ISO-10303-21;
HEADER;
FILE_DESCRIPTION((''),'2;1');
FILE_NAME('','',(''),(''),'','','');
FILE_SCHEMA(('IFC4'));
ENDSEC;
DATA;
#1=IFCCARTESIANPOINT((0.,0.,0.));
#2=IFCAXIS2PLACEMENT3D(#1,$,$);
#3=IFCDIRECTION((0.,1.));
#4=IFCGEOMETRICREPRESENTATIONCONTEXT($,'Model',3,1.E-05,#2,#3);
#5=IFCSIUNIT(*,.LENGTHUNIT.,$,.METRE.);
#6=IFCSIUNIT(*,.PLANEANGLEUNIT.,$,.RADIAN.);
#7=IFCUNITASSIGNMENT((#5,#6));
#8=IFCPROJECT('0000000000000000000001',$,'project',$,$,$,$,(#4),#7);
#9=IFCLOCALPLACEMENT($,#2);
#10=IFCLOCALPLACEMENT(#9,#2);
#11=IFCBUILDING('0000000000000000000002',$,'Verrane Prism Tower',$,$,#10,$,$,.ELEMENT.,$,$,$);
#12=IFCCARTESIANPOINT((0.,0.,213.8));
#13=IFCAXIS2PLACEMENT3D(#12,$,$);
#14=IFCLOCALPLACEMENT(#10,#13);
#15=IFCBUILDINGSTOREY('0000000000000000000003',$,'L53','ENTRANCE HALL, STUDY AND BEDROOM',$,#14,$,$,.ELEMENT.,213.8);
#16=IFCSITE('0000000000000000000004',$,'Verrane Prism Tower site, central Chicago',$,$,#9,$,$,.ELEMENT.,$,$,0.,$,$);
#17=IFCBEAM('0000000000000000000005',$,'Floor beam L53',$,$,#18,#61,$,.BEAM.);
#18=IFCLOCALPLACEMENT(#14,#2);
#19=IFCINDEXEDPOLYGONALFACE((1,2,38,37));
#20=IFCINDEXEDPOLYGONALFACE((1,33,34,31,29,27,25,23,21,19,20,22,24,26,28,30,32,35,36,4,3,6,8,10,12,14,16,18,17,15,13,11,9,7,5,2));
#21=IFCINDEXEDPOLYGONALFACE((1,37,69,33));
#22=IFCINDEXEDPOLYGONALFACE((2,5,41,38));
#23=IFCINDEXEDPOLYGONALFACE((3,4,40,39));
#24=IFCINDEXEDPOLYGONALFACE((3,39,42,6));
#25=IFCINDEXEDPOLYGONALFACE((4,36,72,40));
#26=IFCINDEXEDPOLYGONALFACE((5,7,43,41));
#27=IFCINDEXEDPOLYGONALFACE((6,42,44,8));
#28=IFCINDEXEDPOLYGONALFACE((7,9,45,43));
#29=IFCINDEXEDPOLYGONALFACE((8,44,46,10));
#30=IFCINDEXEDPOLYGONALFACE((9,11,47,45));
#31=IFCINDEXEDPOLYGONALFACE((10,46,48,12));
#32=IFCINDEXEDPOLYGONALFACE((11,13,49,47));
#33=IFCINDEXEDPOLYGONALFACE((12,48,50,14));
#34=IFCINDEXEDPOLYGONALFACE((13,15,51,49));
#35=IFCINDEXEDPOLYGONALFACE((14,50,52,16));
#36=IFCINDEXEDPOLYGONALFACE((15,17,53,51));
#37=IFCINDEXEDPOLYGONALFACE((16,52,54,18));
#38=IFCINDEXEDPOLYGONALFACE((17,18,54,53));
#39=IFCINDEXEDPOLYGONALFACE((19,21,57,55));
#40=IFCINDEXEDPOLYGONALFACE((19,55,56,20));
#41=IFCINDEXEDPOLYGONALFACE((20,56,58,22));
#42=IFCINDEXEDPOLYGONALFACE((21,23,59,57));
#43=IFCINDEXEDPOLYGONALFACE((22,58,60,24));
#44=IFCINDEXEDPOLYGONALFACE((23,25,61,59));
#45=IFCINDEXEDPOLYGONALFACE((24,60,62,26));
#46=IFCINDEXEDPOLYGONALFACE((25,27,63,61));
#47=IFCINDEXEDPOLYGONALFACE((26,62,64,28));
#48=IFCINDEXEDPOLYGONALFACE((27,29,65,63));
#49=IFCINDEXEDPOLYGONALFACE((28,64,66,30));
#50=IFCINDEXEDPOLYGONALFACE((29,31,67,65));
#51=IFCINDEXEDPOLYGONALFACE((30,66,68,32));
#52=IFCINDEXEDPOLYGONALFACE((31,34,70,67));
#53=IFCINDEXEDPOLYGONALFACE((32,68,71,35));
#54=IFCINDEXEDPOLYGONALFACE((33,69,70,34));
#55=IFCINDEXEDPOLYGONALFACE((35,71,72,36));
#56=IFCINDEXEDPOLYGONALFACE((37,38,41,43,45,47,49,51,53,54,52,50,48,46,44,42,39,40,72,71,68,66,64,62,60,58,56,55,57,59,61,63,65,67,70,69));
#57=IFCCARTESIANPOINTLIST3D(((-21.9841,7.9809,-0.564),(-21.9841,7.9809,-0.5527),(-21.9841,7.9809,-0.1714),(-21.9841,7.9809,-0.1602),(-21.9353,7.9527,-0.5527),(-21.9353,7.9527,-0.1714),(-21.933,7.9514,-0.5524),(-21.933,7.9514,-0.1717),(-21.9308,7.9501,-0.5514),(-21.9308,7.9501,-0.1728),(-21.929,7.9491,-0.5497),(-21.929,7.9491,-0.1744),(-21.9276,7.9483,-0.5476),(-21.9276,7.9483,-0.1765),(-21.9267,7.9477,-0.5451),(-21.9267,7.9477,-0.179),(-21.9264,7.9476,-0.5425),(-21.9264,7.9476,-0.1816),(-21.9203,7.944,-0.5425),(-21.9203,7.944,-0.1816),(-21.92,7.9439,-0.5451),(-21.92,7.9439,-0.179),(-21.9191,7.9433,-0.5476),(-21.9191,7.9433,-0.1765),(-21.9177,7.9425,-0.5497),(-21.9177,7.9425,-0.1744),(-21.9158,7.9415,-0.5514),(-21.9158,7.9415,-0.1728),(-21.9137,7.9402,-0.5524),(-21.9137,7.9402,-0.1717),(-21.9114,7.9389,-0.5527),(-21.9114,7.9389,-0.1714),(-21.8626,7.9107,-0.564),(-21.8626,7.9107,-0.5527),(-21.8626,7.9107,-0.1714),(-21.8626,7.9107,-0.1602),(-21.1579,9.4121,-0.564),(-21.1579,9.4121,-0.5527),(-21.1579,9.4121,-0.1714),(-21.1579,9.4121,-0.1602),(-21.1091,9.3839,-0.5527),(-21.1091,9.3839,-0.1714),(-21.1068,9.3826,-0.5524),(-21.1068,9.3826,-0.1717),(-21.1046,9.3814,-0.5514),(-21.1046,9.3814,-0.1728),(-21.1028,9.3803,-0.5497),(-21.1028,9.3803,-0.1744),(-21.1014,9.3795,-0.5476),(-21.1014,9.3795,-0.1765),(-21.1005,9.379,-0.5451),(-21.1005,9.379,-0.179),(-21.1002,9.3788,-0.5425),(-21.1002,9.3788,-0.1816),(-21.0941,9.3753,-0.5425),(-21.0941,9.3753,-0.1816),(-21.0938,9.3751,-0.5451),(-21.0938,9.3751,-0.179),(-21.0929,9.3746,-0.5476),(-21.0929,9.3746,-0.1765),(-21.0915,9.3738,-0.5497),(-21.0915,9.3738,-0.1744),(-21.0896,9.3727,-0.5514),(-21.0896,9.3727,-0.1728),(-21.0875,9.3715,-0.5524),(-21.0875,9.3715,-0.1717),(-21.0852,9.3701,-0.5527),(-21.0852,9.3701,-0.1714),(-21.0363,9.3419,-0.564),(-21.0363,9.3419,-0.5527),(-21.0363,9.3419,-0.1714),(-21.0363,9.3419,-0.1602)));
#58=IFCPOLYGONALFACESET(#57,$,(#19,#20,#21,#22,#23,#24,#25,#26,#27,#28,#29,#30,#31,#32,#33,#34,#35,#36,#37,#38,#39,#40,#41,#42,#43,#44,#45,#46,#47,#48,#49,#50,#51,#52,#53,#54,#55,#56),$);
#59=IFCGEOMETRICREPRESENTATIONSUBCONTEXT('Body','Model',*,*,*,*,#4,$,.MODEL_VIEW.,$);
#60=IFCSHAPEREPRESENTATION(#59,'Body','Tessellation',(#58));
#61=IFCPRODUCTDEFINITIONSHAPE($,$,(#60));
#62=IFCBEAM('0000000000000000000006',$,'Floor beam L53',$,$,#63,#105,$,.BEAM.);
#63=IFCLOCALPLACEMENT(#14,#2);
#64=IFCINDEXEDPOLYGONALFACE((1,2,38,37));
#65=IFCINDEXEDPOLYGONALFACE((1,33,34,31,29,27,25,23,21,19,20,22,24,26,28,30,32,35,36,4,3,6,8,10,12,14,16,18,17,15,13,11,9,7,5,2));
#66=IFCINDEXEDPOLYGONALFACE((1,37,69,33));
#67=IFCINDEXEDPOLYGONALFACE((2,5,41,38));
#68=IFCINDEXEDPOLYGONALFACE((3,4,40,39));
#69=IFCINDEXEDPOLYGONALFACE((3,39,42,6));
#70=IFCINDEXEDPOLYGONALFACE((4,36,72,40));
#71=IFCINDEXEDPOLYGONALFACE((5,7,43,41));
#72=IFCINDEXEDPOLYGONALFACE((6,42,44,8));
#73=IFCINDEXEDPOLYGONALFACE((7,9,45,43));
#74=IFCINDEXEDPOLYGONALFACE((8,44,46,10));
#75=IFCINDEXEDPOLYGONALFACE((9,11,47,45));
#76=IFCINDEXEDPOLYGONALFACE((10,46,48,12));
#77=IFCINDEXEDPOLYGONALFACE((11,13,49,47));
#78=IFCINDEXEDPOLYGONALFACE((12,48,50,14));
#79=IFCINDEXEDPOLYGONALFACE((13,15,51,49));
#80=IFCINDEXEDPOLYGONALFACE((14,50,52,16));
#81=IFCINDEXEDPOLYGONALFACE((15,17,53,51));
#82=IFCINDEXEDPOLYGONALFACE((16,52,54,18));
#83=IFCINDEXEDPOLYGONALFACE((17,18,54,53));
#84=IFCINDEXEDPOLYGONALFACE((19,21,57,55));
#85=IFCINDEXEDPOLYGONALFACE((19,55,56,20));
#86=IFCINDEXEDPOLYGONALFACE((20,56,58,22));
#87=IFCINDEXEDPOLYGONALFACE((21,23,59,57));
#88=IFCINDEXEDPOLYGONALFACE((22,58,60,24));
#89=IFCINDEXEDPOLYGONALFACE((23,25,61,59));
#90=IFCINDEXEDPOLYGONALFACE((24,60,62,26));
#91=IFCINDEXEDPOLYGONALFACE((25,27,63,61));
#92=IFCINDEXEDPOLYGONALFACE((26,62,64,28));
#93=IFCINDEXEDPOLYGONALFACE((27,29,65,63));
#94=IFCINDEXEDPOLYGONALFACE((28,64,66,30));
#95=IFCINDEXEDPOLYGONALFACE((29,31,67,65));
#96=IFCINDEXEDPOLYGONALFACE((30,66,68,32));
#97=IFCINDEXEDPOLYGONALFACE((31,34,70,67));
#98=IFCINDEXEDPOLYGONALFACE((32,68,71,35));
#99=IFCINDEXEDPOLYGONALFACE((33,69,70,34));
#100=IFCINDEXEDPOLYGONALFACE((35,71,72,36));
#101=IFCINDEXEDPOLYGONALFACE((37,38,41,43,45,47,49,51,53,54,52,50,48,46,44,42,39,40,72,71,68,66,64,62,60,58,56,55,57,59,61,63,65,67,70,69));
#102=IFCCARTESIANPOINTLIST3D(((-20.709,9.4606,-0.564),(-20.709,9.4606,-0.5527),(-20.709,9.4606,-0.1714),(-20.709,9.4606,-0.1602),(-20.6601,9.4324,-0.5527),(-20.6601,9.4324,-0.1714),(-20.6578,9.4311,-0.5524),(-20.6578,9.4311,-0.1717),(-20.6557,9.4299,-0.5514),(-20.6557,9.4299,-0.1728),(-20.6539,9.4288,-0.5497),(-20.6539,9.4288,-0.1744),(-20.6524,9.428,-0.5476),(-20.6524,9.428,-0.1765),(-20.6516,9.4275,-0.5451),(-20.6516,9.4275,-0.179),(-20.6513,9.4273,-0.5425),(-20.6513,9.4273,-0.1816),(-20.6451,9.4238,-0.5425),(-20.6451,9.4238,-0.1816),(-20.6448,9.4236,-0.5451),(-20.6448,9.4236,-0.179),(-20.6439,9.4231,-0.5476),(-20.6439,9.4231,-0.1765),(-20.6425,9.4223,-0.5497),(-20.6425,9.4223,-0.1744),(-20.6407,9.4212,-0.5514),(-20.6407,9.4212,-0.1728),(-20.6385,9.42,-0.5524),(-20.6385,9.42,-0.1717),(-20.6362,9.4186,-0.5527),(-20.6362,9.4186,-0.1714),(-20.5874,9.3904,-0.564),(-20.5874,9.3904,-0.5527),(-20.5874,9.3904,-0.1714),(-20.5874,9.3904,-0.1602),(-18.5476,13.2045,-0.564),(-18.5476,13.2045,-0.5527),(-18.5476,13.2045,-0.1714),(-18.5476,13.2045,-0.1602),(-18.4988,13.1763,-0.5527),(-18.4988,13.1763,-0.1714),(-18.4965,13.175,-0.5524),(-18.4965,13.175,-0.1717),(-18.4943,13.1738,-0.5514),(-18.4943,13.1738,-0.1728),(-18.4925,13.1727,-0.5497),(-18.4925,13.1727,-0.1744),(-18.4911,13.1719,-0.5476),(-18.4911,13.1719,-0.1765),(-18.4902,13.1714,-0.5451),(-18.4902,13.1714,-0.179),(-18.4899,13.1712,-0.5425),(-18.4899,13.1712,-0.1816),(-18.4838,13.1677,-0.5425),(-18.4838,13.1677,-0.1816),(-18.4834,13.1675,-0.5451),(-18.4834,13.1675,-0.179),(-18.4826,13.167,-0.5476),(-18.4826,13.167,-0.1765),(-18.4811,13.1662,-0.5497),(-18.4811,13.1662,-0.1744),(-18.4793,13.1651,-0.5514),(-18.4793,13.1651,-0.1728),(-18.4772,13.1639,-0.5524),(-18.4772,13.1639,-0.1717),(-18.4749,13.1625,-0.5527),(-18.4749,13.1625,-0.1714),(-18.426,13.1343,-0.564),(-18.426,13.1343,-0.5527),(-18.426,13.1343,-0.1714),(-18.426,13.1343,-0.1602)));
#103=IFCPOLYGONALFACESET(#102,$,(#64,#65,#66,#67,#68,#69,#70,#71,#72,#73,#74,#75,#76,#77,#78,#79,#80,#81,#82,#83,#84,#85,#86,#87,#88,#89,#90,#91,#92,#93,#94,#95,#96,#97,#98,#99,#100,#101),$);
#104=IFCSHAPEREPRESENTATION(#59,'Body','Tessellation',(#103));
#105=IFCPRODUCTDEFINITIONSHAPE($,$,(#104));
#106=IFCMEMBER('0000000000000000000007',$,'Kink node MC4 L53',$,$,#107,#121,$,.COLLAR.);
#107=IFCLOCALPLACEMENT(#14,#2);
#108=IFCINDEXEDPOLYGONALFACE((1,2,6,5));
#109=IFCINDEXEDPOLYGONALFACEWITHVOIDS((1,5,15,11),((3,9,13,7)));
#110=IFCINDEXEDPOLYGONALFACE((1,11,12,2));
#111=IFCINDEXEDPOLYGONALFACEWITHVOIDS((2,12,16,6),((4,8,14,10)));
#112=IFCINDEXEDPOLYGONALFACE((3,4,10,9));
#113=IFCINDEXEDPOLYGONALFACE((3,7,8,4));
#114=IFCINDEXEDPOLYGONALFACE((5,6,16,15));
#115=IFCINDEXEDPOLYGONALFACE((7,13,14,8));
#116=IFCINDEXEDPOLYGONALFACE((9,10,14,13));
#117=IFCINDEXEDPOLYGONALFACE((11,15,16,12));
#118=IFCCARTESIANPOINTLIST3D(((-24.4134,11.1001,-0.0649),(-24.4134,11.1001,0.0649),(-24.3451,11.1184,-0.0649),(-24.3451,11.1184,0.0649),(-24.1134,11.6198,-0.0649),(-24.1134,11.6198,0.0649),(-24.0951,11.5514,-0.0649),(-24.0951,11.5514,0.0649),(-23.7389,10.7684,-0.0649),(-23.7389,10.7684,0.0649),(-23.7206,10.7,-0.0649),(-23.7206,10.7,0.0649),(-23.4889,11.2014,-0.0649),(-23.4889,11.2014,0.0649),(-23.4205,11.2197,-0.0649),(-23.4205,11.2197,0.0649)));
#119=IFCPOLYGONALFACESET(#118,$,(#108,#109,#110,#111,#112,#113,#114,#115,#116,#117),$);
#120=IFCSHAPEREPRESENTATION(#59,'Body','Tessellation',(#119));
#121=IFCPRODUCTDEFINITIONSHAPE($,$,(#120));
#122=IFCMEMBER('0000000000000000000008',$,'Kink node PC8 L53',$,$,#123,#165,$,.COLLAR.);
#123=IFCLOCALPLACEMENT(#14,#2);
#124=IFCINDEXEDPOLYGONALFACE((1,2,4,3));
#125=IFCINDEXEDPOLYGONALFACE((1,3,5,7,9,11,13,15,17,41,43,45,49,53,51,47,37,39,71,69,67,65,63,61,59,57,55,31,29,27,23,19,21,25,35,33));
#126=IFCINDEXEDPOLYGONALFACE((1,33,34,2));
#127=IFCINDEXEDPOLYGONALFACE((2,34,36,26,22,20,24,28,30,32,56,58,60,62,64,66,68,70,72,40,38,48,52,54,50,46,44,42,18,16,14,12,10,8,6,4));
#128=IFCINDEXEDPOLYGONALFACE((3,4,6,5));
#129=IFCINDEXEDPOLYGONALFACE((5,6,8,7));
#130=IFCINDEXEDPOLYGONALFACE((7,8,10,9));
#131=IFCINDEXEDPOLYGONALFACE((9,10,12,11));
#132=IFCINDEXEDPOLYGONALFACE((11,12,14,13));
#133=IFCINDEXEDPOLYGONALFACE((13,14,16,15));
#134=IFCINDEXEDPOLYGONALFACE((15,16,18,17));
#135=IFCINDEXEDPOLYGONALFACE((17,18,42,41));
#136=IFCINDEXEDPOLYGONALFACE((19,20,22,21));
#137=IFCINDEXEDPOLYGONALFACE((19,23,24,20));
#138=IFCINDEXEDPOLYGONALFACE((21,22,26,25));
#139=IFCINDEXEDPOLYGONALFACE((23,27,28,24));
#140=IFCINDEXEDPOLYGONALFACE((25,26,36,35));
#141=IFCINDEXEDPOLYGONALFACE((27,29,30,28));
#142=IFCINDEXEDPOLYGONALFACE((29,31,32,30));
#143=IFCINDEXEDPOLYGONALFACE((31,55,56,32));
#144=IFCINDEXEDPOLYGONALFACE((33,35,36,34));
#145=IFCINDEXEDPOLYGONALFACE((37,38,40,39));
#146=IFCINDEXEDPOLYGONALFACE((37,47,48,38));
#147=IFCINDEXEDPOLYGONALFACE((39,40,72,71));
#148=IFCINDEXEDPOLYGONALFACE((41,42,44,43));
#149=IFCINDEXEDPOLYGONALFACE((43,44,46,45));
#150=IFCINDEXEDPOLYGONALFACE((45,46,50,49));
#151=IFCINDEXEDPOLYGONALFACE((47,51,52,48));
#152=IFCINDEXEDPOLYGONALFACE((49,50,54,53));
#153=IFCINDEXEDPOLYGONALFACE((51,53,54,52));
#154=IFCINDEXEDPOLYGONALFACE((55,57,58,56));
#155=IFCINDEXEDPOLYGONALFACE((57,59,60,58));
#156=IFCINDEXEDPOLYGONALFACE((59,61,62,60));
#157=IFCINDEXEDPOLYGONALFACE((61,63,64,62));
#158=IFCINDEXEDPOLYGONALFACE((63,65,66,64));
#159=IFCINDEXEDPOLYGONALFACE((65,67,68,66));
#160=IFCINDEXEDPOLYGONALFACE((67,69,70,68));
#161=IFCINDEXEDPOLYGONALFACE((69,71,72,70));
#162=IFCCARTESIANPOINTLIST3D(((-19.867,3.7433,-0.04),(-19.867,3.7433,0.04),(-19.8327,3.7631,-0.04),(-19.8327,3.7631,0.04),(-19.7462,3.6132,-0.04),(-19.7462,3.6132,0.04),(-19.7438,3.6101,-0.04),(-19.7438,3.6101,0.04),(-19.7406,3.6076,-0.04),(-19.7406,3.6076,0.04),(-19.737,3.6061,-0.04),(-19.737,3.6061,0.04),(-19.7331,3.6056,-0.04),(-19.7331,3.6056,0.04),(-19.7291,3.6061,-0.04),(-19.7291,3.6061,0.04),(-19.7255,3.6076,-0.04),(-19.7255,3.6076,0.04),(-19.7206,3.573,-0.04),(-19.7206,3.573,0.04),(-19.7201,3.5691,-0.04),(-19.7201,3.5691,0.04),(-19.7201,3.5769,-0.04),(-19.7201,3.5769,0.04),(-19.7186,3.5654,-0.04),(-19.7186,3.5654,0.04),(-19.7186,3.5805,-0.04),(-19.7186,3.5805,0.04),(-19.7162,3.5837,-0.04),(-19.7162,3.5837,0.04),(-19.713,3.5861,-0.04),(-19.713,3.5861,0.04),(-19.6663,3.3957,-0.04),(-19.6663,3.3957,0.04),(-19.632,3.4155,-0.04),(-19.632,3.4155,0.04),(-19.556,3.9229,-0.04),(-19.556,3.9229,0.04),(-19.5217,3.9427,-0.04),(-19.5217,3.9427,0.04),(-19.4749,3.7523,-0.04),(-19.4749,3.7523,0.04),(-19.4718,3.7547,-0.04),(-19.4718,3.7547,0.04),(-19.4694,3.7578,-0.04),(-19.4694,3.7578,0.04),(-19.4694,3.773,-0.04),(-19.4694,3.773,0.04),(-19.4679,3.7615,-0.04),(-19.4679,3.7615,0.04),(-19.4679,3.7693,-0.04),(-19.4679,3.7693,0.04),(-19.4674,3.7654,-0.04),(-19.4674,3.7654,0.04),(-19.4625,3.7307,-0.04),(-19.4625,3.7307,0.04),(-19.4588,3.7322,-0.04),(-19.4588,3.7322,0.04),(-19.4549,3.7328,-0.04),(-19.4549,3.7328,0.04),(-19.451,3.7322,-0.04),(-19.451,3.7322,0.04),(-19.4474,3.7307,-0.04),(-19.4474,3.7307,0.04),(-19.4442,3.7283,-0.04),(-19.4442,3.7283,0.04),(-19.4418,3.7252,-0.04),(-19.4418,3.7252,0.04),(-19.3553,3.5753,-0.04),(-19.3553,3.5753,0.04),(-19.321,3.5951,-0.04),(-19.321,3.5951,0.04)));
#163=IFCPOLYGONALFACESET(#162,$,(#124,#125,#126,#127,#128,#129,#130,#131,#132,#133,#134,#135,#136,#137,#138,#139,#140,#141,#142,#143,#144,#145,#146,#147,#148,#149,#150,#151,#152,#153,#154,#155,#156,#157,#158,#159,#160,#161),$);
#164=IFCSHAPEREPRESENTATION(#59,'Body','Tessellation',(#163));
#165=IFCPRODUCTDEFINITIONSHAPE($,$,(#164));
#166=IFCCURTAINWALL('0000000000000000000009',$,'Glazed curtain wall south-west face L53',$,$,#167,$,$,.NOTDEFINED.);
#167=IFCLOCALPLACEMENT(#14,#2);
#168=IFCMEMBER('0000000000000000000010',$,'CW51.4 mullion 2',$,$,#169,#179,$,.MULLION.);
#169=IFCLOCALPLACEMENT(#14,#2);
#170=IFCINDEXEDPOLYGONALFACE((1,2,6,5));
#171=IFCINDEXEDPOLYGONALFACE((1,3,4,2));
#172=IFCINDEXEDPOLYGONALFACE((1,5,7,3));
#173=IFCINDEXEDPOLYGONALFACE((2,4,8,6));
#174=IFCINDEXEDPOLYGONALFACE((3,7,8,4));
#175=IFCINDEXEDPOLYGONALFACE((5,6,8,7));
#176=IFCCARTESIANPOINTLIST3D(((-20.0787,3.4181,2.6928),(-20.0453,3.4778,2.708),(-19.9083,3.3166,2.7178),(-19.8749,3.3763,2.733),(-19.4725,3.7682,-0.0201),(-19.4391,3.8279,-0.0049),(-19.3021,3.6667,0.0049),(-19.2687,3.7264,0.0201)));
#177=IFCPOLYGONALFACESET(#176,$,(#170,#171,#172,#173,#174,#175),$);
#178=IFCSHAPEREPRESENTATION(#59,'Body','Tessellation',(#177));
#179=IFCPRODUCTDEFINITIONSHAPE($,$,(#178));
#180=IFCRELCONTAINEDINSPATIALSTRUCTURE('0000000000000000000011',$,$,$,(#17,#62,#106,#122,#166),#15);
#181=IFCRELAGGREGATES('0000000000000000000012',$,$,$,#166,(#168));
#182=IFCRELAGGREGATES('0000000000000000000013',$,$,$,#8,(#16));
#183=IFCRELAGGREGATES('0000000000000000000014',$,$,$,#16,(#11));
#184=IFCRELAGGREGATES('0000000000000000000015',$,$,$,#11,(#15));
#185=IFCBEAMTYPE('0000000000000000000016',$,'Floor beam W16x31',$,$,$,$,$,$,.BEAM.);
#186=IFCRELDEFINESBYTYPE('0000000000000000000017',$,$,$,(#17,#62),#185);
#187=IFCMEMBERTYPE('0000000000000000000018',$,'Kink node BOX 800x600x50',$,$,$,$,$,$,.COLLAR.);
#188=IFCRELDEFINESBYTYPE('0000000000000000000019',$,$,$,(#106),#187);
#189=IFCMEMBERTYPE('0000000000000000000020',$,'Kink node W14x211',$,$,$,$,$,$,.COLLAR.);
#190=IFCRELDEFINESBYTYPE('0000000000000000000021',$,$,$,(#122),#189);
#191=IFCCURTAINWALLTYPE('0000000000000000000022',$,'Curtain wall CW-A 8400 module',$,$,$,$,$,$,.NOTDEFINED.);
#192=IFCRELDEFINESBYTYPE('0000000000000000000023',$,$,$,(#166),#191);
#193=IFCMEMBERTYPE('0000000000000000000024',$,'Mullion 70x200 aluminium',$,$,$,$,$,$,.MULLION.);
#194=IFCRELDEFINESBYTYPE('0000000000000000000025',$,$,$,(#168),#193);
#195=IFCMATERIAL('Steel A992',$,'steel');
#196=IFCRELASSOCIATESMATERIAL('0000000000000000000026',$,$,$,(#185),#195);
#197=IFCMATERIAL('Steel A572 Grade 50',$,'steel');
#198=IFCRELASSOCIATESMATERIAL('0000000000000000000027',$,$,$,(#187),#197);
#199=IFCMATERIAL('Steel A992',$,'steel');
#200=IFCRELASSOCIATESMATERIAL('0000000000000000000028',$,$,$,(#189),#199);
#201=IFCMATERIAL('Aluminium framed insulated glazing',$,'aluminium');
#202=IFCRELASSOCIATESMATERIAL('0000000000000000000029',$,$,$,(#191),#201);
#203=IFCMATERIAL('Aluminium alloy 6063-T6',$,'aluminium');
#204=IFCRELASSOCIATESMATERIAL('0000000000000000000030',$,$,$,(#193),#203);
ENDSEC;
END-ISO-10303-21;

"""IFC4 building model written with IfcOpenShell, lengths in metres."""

from ifc_helpers import new_model, si_unit, direction, frame, origin, origin_2d, place, context, subcontext, project, spatial, rectangle, hollow_rectangle, i_section, extrude, material, material_profile, profile_set, type_object, element, aggregate, save


model = new_model("IFC4")

# Units and contexts
model_context = context("Model", 3, precision=1e-05, world=origin(), true_north=direction((0.0, 1.0)))
body_context = subcontext(model_context, "Body", "Model", "MODEL_VIEW")
ifc_project = project(units=[si_unit("LENGTHUNIT", "METRE"), si_unit("PLANEANGLEUNIT", "RADIAN")], contexts=[model_context])

# Site, building, storey
site_placement = place(None, origin())
site = spatial("IfcSite", under=ifc_project, at=site_placement, Name="Verrane Prism Tower site, central Chicago", CompositionType="ELEMENT", RefElevation=0.0)
building_placement = place(site_placement, origin())
building = spatial("IfcBuilding", under=site, at=building_placement, Name="Verrane Prism Tower", CompositionType="ELEMENT")
storey_placement = place(building_placement, frame((0.0, 0.0, 213.8)))
storey = spatial("IfcBuildingStorey", under=building, at=storey_placement, Name="L53", Description="ENTRANCE HALL, STUDY AND BEDROOM", CompositionType="ELEMENT", Elevation=213.8)

# Beams
ifc_material_1 = material(Name="Steel A992", Category="steel")
ifc_material_profile_1 = material_profile(ifc_material_1, i_section(OverallWidth=0.1404, OverallDepth=0.4038, WebThickness=0.0071, FlangeThickness=0.0112, FilletRadius=0.0103, at=origin_2d()), Name="W16x31")
ifc_profile_set_1 = profile_set([ifc_material_profile_1], Name="Steel A992")
beam_type_1 = type_object("IfcBeamType", Name="Floor beam W16x31", PredefinedType="BEAM", material=ifc_profile_set_1)
beam_1_placement = place(storey_placement, frame((-21.9233, 7.9458, -0.3621), z_axis=(0.499953, 0.866053, 0.0), x_axis=(-0.866053, 0.499953, 0.0)))
element("IfcBeam", 1, at=beam_1_placement, inside=storey, type_object=beam_type_1, Name="Floor beam L53", PredefinedType="BEAM", context=body_context, shape_type="SweptSolid", body=[
    extrude(i_section(OverallWidth=0.1404, OverallDepth=0.4038, WebThickness=0.0071, FlangeThickness=0.0112, FilletRadius=0.0103, at=origin_2d()), origin(), (0.0, 0.0, 1.0), 1.6526),
])
beam_2_placement = place(storey_placement, frame((-20.6482, 9.4255, -0.3621), z_axis=(0.499972, 0.866042, 0.0), x_axis=(-0.866042, 0.499972, 0.0)))
element("IfcBeam", 2, at=beam_2_placement, inside=storey, type_object=beam_type_1, Name="Floor beam L53", PredefinedType="BEAM", context=body_context, shape_type="SweptSolid", body=[
    extrude(i_section(OverallWidth=0.1404, OverallDepth=0.4038, WebThickness=0.0071, FlangeThickness=0.0112, FilletRadius=0.0103, at=origin_2d()), origin(), (0.0, 0.0, 1.0), 4.323),
])

# Members
ifc_material_2 = material(Name="Steel A572 Grade 50", Category="steel")
ifc_material_profile_2 = material_profile(ifc_material_2, hollow_rectangle(XDim=0.6001, YDim=0.8, WallThickness=0.05, at=origin_2d()), Name="BOX 800x600x50")
ifc_profile_set_2 = profile_set([ifc_material_profile_2], Name="Steel A572 Grade 50")
member_type_1 = type_object("IfcMemberType", Name="Kink node BOX 800x600x50", PredefinedType="COLLAR", material=ifc_profile_set_2)
member_1_placement = place(storey_placement, frame((-23.917, 11.1599, -0.0649), z_axis=(0.0, 0.0, 1.0), x_axis=(0.5, 0.866025, 0.0)))
element("IfcMember", 3, at=member_1_placement, inside=storey, type_object=member_type_1, Name="Kink node MC4 L53", PredefinedType="COLLAR", context=body_context, shape_type="SweptSolid", body=[
    extrude(hollow_rectangle(XDim=0.6001, YDim=0.8, WallThickness=0.05, at=origin_2d()), origin(), (0.0, 0.0, 1.0), 0.1299),
])
ifc_material_3 = material(Name="Steel A992", Category="steel")
ifc_material_profile_3 = material_profile(ifc_material_3, i_section(OverallWidth=0.4014, OverallDepth=0.3987, WebThickness=0.0249, FlangeThickness=0.0396, FilletRadius=0.0151, at=origin_2d()), Name="W14x211")
ifc_profile_set_3 = profile_set([ifc_material_profile_3], Name="Steel A992")
member_type_2 = type_object("IfcMemberType", Name="Kink node W14x211", PredefinedType="COLLAR", material=ifc_profile_set_3)
member_2_placement = place(storey_placement, frame((-19.594, 3.6692, -0.04), z_axis=(0.0, 0.0, 1.0), x_axis=(-0.5, 0.866025, 0.0)))
element("IfcMember", 4, at=member_2_placement, inside=storey, type_object=member_type_2, Name="Kink node PC8 L53", PredefinedType="COLLAR", context=body_context, shape_type="SweptSolid", body=[
    extrude(i_section(OverallWidth=0.4014, OverallDepth=0.3987, WebThickness=0.0249, FlangeThickness=0.0396, FilletRadius=0.0151, at=origin_2d()), origin(), (0.0, 0.0, 1.0), 0.0801),
])

# Curtain wall, member
ifc_material_4 = material(Name="Aluminium framed insulated glazing", Category="aluminium")
curtain_wall_type = type_object("IfcCurtainWallType", Name="Curtain wall CW-A 8400 module", PredefinedType="NOTDEFINED", material=ifc_material_4)
curtain_wall_placement = place(storey_placement, origin())
curtain_wall = element("IfcCurtainWall", 5, at=curtain_wall_placement, inside=storey, type_object=curtain_wall_type, Name="Glazed curtain wall south-west face L53", PredefinedType="NOTDEFINED")
ifc_material_5 = material(Name="Aluminium alloy 6063-T6", Category="aluminium")
ifc_material_profile_4 = material_profile(ifc_material_5, rectangle(XDim=0.2, YDim=0.0701, at=origin_2d()), Name="Mullion 70x200 aluminium")
ifc_profile_set_4 = profile_set([ifc_material_profile_4], Name="Aluminium alloy 6063-T6")
member_type_3 = type_object("IfcMemberType", Name="Mullion 70x200 aluminium", PredefinedType="MULLION", material=ifc_profile_set_4)
member_3_placement = place(storey_placement, frame((-19.3706, 3.7473, 0.0), z_axis=(-0.216365, -0.124957, 0.968283), x_axis=(0.852358, -0.507817, 0.124928)))
member_3 = element("IfcMember", 6, at=member_3_placement, type_object=member_type_3, Name="CW51.4 mullion 2", PredefinedType="MULLION", context=body_context, shape_type="SweptSolid", body=[
    extrude(rectangle(XDim=0.2, YDim=0.0701, at=origin_2d()), origin(), (0.0, 0.0, 1.0), 2.8018),
])

aggregate(curtain_wall, [member_3])

save(model, "model.ifc")
